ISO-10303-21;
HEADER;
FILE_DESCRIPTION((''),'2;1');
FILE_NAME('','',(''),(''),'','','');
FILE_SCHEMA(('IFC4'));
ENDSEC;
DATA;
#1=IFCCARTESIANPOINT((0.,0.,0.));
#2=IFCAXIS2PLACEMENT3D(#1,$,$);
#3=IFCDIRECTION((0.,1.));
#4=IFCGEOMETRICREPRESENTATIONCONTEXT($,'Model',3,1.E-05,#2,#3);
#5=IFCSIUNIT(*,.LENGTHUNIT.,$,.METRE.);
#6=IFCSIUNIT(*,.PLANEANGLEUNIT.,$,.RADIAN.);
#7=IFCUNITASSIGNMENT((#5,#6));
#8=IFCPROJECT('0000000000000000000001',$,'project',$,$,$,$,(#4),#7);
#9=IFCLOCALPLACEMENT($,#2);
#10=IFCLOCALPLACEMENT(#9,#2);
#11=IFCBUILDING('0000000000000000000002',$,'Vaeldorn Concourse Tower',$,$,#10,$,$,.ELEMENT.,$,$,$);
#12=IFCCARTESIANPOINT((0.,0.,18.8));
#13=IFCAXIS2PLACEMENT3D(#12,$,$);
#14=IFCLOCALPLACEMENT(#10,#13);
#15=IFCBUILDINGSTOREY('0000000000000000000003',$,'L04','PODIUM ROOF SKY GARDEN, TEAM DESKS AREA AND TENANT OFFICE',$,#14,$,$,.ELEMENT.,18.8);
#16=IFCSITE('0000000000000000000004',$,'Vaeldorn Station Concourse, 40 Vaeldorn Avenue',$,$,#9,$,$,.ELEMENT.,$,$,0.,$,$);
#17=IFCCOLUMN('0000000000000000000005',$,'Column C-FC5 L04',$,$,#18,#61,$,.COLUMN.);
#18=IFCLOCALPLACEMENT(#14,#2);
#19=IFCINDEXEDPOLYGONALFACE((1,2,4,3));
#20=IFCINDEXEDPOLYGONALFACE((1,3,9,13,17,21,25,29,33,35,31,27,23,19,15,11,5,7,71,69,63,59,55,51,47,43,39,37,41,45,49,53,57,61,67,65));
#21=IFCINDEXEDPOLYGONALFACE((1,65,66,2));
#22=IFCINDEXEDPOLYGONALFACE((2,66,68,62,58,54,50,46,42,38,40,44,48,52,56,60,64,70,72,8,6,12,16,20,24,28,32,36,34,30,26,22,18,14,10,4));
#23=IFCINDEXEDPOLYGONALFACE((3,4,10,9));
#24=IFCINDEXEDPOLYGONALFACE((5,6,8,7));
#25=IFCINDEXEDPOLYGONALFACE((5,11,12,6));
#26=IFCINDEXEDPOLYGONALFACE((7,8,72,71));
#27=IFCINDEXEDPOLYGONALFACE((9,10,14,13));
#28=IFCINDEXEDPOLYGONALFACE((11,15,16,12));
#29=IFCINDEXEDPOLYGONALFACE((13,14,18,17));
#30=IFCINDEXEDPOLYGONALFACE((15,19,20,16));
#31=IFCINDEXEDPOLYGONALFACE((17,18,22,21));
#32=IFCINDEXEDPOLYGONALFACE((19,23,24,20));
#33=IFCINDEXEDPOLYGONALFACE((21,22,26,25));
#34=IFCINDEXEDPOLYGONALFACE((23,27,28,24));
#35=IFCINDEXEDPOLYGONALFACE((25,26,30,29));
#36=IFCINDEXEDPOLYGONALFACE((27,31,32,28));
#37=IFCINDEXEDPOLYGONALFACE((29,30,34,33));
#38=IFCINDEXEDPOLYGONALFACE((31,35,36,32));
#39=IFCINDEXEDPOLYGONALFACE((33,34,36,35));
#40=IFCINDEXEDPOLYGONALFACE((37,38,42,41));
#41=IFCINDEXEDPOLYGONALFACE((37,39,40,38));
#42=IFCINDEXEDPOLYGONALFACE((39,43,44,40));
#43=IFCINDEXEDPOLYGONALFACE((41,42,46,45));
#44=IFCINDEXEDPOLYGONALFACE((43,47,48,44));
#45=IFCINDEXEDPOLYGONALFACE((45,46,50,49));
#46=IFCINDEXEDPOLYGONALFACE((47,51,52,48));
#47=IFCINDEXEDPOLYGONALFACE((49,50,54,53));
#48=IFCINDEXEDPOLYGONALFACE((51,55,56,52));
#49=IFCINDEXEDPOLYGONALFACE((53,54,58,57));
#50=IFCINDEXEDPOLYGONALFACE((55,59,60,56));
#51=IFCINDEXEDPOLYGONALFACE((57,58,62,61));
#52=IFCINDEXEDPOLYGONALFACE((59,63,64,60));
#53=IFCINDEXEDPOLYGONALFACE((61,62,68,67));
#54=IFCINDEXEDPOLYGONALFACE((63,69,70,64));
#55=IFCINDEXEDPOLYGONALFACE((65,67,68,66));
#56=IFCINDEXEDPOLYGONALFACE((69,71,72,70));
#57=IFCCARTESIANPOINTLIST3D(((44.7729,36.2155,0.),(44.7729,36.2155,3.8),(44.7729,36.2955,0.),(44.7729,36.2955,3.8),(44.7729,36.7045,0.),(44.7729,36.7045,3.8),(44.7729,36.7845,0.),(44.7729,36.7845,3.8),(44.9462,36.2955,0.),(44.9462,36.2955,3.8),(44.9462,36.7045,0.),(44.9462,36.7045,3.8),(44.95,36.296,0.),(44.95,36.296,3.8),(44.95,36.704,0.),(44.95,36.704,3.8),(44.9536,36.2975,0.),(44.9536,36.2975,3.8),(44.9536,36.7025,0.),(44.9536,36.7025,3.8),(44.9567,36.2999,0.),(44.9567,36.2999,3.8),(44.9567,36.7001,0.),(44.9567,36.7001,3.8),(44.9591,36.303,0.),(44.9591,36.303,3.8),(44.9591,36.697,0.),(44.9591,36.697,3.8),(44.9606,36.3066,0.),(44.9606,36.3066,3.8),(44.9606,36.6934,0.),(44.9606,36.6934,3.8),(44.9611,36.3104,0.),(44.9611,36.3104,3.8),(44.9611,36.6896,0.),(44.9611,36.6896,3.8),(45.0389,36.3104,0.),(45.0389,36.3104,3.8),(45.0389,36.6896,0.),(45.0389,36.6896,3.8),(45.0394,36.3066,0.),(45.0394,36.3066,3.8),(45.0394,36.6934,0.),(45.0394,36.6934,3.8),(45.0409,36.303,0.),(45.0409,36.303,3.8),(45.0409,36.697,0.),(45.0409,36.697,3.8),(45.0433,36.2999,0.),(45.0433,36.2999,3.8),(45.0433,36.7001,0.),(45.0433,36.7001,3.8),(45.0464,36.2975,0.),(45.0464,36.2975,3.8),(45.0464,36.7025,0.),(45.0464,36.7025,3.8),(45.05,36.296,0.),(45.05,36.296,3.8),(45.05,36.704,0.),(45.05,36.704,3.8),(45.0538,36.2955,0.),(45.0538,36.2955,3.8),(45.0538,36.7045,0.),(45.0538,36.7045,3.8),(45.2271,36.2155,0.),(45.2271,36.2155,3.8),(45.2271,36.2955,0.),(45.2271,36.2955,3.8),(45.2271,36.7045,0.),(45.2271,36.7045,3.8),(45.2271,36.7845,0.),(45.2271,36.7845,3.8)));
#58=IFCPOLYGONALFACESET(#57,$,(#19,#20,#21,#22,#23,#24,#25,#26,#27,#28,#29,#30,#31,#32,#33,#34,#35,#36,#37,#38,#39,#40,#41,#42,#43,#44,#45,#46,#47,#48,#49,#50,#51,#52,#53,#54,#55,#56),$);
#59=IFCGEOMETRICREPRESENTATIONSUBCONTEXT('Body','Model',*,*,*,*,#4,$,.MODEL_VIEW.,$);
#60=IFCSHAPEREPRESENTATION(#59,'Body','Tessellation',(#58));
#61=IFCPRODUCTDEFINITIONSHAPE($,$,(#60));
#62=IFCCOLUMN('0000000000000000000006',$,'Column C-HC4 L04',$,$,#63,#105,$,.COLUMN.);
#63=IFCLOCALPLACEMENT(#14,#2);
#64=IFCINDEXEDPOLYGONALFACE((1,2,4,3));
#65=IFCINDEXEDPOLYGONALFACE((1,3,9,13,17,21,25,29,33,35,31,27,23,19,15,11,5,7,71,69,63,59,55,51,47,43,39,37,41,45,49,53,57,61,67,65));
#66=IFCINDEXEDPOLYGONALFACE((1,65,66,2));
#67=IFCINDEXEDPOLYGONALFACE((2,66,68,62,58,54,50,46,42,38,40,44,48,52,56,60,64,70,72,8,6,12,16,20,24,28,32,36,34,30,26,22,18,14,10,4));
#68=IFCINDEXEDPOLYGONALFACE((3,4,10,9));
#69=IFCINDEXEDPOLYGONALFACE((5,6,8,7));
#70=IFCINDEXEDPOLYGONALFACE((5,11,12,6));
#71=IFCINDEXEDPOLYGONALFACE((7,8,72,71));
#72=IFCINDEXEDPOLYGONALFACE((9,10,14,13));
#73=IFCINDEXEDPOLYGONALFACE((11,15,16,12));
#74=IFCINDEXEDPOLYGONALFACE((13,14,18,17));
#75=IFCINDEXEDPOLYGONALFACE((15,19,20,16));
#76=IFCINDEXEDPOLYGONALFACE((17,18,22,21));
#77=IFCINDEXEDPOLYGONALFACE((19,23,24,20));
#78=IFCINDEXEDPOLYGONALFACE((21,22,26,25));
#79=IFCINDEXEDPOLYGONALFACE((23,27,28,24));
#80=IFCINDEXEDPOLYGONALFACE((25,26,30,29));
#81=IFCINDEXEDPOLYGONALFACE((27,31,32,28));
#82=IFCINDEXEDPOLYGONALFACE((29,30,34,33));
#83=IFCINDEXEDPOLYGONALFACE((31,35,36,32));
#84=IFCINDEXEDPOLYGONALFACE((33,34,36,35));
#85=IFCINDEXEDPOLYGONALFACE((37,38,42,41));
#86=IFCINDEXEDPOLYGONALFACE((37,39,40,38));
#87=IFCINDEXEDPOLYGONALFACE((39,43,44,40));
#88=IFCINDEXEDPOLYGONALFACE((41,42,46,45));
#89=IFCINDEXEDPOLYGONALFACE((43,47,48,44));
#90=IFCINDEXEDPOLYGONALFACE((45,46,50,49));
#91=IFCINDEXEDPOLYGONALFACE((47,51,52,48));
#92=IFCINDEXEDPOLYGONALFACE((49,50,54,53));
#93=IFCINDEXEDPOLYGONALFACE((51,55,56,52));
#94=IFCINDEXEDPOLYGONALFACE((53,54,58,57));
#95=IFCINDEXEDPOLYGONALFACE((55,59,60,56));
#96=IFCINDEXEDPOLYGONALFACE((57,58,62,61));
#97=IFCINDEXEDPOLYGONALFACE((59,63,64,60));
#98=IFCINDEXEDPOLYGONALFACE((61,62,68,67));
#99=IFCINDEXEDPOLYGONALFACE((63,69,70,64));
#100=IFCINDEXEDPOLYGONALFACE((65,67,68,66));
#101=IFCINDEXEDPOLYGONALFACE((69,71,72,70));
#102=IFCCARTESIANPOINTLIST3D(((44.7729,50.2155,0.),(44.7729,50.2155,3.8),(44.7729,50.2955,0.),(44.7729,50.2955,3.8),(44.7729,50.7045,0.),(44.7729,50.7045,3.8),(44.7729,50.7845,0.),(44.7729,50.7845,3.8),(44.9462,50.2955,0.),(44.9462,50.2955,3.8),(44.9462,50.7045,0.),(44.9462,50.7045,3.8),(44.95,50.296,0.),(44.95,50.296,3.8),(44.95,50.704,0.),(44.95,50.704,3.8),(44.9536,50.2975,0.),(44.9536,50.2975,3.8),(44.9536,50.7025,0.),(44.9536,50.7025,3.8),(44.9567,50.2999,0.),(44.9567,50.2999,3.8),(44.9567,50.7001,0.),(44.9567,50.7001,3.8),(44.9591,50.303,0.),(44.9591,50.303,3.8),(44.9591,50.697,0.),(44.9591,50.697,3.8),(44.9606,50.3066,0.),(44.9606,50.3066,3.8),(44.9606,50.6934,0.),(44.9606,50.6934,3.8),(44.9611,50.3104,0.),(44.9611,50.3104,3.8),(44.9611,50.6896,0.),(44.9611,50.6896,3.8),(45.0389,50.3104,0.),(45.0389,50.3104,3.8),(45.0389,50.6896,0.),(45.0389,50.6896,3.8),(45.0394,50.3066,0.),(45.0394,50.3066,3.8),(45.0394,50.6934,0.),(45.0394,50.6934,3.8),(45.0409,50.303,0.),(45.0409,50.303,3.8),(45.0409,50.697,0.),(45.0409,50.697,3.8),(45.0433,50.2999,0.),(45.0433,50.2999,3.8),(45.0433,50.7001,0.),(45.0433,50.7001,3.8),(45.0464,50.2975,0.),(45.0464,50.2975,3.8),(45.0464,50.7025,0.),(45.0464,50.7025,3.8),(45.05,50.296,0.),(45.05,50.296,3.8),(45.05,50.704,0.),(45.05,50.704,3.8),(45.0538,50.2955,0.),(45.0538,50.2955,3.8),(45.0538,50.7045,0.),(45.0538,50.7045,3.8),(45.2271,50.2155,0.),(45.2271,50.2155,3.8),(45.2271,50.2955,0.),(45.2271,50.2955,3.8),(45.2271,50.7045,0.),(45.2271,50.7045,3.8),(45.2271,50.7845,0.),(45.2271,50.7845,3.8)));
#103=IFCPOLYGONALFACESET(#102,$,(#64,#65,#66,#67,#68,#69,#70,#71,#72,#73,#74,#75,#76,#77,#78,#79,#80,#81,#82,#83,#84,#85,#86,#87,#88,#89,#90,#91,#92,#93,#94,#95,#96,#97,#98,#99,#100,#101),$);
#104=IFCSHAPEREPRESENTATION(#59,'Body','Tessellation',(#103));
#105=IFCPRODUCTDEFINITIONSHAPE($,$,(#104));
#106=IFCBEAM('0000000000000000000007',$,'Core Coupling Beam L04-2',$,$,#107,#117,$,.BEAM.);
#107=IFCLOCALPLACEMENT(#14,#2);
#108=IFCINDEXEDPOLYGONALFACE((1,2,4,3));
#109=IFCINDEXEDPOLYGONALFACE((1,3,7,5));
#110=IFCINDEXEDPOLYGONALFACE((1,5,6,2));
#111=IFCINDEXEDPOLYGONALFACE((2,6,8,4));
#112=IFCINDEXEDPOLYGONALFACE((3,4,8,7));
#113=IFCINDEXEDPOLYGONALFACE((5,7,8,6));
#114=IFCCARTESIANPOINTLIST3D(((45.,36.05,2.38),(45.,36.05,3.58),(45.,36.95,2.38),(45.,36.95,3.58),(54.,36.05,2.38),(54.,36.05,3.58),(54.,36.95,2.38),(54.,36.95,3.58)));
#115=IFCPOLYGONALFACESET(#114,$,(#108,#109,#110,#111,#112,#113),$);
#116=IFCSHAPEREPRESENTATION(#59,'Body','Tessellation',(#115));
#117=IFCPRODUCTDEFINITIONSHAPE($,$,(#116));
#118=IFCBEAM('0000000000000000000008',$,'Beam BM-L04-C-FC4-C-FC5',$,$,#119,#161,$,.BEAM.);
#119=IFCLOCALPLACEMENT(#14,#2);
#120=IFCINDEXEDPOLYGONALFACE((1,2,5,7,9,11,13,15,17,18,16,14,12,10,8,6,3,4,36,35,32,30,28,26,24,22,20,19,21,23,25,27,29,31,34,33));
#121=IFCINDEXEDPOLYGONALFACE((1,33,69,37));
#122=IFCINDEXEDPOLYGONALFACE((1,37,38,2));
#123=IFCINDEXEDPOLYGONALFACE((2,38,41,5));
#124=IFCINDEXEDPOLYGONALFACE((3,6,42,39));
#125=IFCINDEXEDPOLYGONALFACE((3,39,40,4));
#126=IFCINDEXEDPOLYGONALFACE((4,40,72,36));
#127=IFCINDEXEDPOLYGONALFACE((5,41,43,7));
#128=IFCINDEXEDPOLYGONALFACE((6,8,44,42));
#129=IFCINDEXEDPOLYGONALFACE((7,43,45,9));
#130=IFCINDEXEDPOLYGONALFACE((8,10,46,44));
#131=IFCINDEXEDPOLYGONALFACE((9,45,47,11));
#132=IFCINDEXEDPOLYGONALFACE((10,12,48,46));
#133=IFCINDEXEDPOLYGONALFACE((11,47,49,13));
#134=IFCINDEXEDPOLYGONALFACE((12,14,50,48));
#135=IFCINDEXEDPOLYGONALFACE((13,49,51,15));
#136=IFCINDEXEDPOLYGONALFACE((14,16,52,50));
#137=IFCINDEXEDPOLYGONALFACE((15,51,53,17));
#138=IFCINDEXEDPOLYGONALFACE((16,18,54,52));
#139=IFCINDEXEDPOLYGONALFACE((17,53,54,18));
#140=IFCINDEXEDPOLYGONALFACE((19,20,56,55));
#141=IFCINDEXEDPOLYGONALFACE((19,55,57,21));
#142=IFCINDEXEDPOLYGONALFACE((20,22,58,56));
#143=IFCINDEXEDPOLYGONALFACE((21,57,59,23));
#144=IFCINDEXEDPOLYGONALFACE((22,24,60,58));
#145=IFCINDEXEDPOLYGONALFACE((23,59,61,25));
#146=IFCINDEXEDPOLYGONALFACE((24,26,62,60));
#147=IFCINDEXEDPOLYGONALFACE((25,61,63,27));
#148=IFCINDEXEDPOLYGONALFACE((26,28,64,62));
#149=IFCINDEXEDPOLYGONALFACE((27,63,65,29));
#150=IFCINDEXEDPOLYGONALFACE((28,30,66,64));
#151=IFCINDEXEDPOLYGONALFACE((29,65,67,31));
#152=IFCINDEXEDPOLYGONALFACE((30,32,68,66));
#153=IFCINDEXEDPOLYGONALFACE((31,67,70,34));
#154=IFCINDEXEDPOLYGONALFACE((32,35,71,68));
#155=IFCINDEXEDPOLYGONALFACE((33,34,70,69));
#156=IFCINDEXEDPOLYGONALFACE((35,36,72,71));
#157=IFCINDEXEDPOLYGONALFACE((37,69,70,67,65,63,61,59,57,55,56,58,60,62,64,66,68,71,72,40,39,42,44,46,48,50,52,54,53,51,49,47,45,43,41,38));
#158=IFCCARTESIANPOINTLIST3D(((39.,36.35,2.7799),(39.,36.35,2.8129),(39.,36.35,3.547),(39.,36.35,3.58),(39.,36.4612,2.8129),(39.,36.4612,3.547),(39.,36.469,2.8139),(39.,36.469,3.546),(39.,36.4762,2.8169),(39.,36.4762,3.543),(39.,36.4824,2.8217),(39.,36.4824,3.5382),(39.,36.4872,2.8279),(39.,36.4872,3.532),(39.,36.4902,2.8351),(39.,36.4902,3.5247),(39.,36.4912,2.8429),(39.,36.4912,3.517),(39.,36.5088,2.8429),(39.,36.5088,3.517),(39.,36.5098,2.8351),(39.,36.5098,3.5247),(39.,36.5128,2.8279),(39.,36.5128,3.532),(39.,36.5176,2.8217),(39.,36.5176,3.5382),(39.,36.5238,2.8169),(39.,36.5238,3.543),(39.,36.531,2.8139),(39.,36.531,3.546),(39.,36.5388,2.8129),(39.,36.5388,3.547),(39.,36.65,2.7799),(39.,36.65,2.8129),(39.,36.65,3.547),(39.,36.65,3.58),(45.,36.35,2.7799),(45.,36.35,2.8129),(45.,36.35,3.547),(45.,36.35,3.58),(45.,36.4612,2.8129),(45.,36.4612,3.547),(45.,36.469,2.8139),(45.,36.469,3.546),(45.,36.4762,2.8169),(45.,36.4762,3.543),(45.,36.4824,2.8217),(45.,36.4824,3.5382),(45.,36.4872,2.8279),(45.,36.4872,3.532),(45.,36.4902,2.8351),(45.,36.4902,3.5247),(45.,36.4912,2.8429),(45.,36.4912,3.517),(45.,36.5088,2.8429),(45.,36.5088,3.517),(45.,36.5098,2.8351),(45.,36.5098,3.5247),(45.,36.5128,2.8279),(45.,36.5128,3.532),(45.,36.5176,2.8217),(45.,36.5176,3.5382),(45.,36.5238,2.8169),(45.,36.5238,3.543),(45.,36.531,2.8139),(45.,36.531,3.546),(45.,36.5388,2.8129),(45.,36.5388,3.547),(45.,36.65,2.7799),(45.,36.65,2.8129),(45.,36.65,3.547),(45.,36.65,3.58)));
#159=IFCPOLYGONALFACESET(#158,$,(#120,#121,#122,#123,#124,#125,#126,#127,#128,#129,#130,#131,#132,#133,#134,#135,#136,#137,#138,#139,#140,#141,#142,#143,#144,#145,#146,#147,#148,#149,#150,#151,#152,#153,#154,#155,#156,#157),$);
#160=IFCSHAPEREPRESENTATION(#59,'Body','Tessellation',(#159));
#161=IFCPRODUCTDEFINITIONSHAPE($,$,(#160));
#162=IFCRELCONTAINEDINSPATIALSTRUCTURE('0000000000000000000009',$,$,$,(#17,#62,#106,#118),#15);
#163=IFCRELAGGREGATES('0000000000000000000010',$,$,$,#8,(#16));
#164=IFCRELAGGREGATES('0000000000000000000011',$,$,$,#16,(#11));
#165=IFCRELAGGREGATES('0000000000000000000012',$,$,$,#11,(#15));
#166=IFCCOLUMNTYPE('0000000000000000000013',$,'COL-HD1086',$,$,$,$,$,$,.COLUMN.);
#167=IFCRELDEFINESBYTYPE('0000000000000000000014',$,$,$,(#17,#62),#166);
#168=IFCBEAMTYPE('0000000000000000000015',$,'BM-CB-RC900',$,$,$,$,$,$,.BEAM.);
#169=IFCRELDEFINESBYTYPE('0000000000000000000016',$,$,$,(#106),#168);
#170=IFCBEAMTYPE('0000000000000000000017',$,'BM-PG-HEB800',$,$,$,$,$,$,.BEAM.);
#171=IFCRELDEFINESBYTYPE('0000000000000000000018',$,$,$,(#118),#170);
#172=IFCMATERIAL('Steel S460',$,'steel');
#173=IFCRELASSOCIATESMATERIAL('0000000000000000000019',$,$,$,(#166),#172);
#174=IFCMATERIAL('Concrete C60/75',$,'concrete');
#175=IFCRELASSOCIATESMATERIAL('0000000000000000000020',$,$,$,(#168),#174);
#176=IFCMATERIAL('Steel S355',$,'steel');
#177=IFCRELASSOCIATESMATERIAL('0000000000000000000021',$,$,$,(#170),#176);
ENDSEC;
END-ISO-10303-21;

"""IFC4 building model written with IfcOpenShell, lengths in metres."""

from ifc_helpers import new_model, si_unit, direction, frame, origin, origin_2d, place, context, subcontext, project, spatial, rectangle, i_section, extrude, source, transform, mapped, material, material_profile, profile_set, type_object, element, save


model = new_model("IFC4")

# Units and contexts
model_context = context("Model", 3, precision=1e-05, world=origin(), true_north=direction((0.0, 1.0)))
body_context = subcontext(model_context, "Body", "Model", "MODEL_VIEW")
ifc_project = project(units=[si_unit("LENGTHUNIT", "METRE"), si_unit("PLANEANGLEUNIT", "RADIAN")], contexts=[model_context])

# Site, building, storey
site_placement = place(None, origin())
site = spatial("IfcSite", under=ifc_project, at=site_placement, Name="Vaeldorn Station Concourse, 40 Vaeldorn Avenue", CompositionType="ELEMENT", RefElevation=0.0)
building_placement = place(site_placement, origin())
building = spatial("IfcBuilding", under=site, at=building_placement, Name="Vaeldorn Concourse Tower", CompositionType="ELEMENT")
storey_placement = place(building_placement, frame((0.0, 0.0, 18.8)))
storey = spatial("IfcBuildingStorey", under=building, at=storey_placement, Name="L04", Description="PODIUM ROOF SKY GARDEN, TEAM DESKS AREA AND TENANT OFFICE", CompositionType="ELEMENT", Elevation=18.8)

# Columns
ifc_material_1 = material(Name="Steel S460", Category="steel")
ifc_material_profile_1 = material_profile(ifc_material_1, i_section(OverallWidth=0.4541, OverallDepth=0.5691, WebThickness=0.0779, FlangeThickness=0.0801, FilletRadius=0.0149, at=origin_2d()), Name="HD 400x1086")
ifc_profile_set_1 = profile_set([ifc_material_profile_1], Name="Steel S460")
column_type = type_object("IfcColumnType", Name="COL-HD1086", PredefinedType="COLUMN", material=ifc_profile_set_1)
shared_shape_1 = source(origin(), body_context, "Body", "SweptSolid", [
    extrude(i_section(OverallWidth=0.4541, OverallDepth=0.5691, WebThickness=0.0779, FlangeThickness=0.0801, FilletRadius=0.0149, at=origin_2d()), origin(), (0.0, 0.0, 1.0), 3.8),
])
for number, where, z_axis, x_axis, name in (
    (1, (45.0, 36.5, 0.0), (0.0, 0.0, 1.0), (1.0, 0.0, 0.0), "Column C-FC5 L04"),
    (2, (45.0, 50.5, 0.0), (0.0, 0.0, 1.0), (1.0, 0.0, 0.0), "Column C-HC4 L04"),
):
    element("IfcColumn", number, at=place(storey_placement, frame(where, z_axis=z_axis, x_axis=x_axis)), inside=storey, type_object=column_type, Name=name, PredefinedType="COLUMN", context=body_context, shape_type="MappedRepresentation", body=[
        mapped(shared_shape_1, transform((0.0, 0.0, 0.0), scale=1.0)),
    ])

# Beams
ifc_material_2 = material(Name="Concrete C60/75", Category="concrete")
ifc_material_profile_2 = material_profile(ifc_material_2, rectangle(XDim=0.8999, YDim=1.2, at=origin_2d()), Name="RC 900x1200")
ifc_profile_set_2 = profile_set([ifc_material_profile_2], Name="Concrete C60/75")
beam_type_1 = type_object("IfcBeamType", Name="BM-CB-RC900", PredefinedType="BEAM", material=ifc_profile_set_2)
shared_shape_2 = source(origin(), body_context, "Body", "SweptSolid", [
    extrude(rectangle(XDim=0.8999, YDim=1.2, at=origin_2d()), origin(), (0.0, 0.0, 1.0), 9.0),
])
beam_1_placement = place(storey_placement, frame((45.0, 36.5, 2.98), z_axis=(1.0, 0.0, 0.0), x_axis=(0.0, 1.0, 0.0)))
element("IfcBeam", 3, at=beam_1_placement, inside=storey, type_object=beam_type_1, Name="Core Coupling Beam L04-2", PredefinedType="BEAM", context=body_context, shape_type="MappedRepresentation", body=[
    mapped(shared_shape_2, transform((0.0, 0.0, 0.0), scale=1.0)),
])
ifc_material_3 = material(Name="Steel S355", Category="steel")
ifc_material_profile_3 = material_profile(ifc_material_3, i_section(OverallWidth=0.3, OverallDepth=0.8, WebThickness=0.0176, FlangeThickness=0.033, FilletRadius=0.03, at=origin_2d()), Name="HEB 800")
ifc_profile_set_3 = profile_set([ifc_material_profile_3], Name="Steel S355")
beam_type_2 = type_object("IfcBeamType", Name="BM-PG-HEB800", PredefinedType="BEAM", material=ifc_profile_set_3)
shared_shape_3 = source(origin(), body_context, "Body", "SweptSolid", [
    extrude(i_section(OverallWidth=0.3, OverallDepth=0.8, WebThickness=0.0176, FlangeThickness=0.033, FilletRadius=0.03, at=origin_2d()), origin(), (0.0, 0.0, 1.0), 6.0),
])
beam_2_placement = place(storey_placement, frame((39.0, 36.5, 3.1799), z_axis=(1.0, 0.0, 0.0), x_axis=(0.0, 1.0, 0.0)))
element("IfcBeam", 4, at=beam_2_placement, inside=storey, type_object=beam_type_2, Name="Beam BM-L04-C-FC4-C-FC5", PredefinedType="BEAM", context=body_context, shape_type="MappedRepresentation", body=[
    mapped(shared_shape_3, transform((0.0, 0.0, 0.0), scale=1.0)),
])

save(model, "model.ifc")
